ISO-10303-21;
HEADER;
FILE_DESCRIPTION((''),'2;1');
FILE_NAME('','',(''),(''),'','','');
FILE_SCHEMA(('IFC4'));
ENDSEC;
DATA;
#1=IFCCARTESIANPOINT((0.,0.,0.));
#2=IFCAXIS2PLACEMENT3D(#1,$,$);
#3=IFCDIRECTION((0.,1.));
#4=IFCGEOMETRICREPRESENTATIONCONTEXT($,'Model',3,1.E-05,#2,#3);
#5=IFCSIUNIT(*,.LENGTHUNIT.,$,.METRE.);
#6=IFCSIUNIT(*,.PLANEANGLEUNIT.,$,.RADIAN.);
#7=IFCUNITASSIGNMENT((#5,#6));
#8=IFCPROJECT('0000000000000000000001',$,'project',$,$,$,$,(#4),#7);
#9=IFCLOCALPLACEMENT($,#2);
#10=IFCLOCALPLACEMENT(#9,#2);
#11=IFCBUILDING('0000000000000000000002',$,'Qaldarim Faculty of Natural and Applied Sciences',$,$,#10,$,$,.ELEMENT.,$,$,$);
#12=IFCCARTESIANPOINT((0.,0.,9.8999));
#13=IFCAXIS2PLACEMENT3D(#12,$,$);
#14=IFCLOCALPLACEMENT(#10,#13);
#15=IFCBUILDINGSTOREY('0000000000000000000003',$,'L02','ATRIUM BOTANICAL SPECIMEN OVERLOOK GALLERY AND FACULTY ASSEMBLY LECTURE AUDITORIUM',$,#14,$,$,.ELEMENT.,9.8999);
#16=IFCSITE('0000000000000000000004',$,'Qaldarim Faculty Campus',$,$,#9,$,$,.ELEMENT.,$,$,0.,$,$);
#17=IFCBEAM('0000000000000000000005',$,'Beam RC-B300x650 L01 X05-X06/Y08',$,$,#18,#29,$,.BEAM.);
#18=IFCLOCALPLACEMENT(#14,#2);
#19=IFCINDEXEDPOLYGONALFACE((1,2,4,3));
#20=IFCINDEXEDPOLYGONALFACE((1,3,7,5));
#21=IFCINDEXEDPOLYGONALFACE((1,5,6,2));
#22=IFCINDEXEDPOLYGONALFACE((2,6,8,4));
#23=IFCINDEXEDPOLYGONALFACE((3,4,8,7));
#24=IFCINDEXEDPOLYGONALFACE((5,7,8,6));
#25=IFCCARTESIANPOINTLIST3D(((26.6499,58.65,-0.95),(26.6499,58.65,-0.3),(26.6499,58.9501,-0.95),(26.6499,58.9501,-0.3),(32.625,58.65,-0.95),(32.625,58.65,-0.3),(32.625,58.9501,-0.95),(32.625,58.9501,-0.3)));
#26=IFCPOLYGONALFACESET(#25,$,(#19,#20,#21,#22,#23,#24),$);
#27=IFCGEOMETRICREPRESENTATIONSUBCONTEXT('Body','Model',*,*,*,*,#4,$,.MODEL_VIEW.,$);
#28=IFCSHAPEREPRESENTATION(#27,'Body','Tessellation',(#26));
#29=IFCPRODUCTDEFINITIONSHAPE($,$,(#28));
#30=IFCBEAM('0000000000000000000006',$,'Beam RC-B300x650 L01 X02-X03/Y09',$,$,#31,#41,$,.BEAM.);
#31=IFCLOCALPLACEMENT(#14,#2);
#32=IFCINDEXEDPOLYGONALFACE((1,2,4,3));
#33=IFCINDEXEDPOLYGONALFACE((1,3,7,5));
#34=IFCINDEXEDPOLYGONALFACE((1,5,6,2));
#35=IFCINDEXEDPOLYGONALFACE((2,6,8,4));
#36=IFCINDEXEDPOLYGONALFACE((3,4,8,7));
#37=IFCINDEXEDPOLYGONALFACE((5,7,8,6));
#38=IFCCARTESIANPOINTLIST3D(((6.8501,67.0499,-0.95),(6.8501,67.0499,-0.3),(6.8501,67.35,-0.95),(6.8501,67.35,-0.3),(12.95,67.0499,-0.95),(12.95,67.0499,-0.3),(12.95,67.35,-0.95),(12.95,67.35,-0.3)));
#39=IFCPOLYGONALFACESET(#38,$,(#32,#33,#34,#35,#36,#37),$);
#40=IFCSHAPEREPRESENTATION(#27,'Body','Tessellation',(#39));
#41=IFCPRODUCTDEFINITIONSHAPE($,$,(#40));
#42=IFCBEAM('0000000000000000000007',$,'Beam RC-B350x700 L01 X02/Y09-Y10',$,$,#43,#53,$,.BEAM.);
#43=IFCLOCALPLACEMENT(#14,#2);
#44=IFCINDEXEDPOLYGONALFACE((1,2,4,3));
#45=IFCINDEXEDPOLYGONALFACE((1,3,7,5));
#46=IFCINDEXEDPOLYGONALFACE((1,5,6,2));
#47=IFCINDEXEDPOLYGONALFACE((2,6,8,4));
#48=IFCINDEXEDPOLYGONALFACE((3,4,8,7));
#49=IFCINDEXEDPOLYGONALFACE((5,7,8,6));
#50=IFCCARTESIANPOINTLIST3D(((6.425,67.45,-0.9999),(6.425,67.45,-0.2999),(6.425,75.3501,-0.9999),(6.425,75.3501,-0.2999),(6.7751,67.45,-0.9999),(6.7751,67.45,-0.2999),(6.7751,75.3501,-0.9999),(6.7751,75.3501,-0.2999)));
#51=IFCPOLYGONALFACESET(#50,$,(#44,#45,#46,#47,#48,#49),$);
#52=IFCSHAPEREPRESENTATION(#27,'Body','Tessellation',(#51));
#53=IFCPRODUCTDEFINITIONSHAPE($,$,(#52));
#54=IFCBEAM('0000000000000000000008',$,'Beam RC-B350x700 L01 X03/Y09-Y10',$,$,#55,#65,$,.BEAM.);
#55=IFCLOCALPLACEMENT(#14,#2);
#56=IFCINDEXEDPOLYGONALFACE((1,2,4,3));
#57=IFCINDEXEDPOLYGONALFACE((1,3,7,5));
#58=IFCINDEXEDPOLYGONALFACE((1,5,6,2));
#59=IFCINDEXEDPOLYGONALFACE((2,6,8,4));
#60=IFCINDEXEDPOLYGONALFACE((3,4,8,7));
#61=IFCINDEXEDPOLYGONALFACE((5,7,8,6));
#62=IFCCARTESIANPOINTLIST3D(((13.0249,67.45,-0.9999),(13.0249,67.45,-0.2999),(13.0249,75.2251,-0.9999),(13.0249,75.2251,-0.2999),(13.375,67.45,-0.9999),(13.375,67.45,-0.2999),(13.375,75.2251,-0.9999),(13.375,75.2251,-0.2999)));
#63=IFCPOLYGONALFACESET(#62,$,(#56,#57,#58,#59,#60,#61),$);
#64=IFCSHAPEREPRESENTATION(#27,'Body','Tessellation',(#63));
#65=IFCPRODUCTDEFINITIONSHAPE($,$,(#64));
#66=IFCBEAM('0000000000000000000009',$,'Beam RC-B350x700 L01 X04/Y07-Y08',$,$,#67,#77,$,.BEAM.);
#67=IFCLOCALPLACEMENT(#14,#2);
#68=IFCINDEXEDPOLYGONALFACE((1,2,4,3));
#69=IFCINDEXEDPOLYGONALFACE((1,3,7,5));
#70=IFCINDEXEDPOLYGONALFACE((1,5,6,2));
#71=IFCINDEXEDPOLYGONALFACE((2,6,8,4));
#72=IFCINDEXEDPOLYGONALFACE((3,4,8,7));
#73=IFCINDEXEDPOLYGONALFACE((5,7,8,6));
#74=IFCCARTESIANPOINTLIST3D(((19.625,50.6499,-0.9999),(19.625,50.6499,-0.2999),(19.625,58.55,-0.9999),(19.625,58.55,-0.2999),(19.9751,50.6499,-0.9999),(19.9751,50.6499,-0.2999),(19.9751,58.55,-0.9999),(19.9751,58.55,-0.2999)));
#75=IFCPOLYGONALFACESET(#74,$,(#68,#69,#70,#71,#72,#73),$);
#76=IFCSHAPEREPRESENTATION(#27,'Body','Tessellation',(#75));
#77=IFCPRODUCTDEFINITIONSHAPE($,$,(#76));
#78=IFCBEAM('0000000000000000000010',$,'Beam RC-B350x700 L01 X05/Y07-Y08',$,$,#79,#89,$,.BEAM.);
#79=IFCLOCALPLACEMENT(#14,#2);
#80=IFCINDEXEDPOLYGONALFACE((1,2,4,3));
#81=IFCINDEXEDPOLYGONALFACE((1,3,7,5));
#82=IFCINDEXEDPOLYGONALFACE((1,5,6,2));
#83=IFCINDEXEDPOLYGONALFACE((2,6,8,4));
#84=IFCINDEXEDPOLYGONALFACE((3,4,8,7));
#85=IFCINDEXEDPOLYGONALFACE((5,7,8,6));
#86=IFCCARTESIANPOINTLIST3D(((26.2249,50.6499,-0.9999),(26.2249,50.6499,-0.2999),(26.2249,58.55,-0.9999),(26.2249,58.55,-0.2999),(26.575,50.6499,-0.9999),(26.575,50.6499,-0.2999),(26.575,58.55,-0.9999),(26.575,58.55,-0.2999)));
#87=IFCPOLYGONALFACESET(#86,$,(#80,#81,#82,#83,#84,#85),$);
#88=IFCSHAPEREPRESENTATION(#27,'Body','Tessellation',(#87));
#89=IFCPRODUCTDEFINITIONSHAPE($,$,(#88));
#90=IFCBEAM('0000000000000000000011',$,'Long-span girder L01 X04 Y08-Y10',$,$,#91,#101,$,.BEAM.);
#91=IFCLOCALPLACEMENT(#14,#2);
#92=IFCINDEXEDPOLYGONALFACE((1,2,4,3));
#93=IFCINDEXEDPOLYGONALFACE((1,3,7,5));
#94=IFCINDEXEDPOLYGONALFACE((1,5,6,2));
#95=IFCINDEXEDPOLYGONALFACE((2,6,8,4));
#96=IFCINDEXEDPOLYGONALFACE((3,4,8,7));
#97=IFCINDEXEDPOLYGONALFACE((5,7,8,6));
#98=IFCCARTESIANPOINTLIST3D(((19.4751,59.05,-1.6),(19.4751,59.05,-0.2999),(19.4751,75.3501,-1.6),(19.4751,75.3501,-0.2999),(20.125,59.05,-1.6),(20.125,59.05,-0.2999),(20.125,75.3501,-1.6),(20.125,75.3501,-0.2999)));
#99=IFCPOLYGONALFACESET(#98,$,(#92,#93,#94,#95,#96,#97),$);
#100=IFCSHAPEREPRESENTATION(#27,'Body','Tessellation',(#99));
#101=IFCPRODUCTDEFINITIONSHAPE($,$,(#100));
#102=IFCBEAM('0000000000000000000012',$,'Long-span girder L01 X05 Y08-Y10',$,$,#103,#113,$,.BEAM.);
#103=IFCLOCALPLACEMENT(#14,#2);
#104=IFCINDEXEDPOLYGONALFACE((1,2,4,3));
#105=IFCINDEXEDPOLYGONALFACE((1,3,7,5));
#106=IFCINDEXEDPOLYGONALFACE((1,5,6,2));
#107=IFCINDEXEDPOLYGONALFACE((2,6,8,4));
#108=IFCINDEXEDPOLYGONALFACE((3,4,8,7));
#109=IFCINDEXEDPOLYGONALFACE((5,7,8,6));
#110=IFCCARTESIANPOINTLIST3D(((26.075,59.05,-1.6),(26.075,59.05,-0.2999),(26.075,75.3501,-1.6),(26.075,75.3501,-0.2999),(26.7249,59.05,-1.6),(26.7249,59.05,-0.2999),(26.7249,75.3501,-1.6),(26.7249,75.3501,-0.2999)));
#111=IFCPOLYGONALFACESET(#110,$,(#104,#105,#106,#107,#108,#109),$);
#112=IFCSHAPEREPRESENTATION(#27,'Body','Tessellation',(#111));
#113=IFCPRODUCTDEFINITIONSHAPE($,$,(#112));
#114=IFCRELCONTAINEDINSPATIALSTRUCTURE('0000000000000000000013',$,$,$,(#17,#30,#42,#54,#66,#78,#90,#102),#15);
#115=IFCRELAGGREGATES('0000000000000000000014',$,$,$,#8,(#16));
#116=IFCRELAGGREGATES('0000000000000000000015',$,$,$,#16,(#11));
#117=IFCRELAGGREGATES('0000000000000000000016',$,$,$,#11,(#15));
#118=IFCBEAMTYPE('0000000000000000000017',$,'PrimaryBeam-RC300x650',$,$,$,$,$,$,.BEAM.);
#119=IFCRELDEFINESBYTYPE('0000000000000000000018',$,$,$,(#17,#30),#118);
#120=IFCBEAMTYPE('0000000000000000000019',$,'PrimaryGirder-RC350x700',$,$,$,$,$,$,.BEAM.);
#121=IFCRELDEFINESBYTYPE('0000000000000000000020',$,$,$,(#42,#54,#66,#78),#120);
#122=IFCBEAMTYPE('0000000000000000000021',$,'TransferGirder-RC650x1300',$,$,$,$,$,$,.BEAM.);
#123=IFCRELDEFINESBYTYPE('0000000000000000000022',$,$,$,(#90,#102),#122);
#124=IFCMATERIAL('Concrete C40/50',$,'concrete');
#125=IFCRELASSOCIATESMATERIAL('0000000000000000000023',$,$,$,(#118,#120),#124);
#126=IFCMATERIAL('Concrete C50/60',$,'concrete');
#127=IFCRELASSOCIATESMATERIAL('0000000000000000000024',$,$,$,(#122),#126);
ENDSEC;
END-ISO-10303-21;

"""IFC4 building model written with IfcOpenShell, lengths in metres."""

from ifc_helpers import new_model, si_unit, direction, frame, origin, origin_2d, place, context, subcontext, project, spatial, rectangle, extrude, material, material_profile, profile_set, type_object, element, save


model = new_model("IFC4")

# Units and contexts
model_context = context("Model", 3, precision=1e-05, world=origin(), true_north=direction((0.0, 1.0)))
body_context = subcontext(model_context, "Body", "Model", "MODEL_VIEW")
ifc_project = project(units=[si_unit("LENGTHUNIT", "METRE"), si_unit("PLANEANGLEUNIT", "RADIAN")], contexts=[model_context])

# Site, building, storey
site_placement = place(None, origin())
site = spatial("IfcSite", under=ifc_project, at=site_placement, Name="Qaldarim Faculty Campus", CompositionType="ELEMENT", RefElevation=0.0)
building_placement = place(site_placement, origin())
building = spatial("IfcBuilding", under=site, at=building_placement, Name="Qaldarim Faculty of Natural and Applied Sciences", CompositionType="ELEMENT")
storey_placement = place(building_placement, frame((0.0, 0.0, 9.8999)))
storey = spatial("IfcBuildingStorey", under=building, at=storey_placement, Name="L02", Description="ATRIUM BOTANICAL SPECIMEN OVERLOOK GALLERY AND FACULTY ASSEMBLY LECTURE AUDITORIUM", CompositionType="ELEMENT", Elevation=9.8999)

# Shared definitions
ifc_material_1 = material(Name="Concrete C50/60", Category="concrete")
ifc_material_2 = material(Name="Concrete C40/50", Category="concrete")

# Beams
ifc_material_profile_1 = material_profile(ifc_material_2, rectangle(XDim=0.3, YDim=0.6499, at=origin_2d()), Name="RC-B300x650")
ifc_profile_set_1 = profile_set([ifc_material_profile_1], Name="Concrete C40/50")
beam_type_1 = type_object("IfcBeamType", Name="PrimaryBeam-RC300x650", PredefinedType="BEAM", material=ifc_profile_set_1)
beam_1_placement = place(storey_placement, frame((26.6499, 58.8, -0.625), z_axis=(1.0, 0.0, 0.0), x_axis=(0.0, 1.0, 0.0)))
element("IfcBeam", 1, at=beam_1_placement, inside=storey, type_object=beam_type_1, Name="Beam RC-B300x650 L01 X05-X06/Y08", PredefinedType="BEAM", context=body_context, shape_type="SweptSolid", body=[
    extrude(rectangle(XDim=0.3, YDim=0.6499, at=origin_2d()), origin(), (0.0, 0.0, 1.0), 5.9751),
])
beam_2_placement = place(storey_placement, frame((6.8501, 67.2, -0.625), z_axis=(1.0, 0.0, 0.0), x_axis=(0.0, 1.0, 0.0)))
element("IfcBeam", 2, at=beam_2_placement, inside=storey, type_object=beam_type_1, Name="Beam RC-B300x650 L01 X02-X03/Y09", PredefinedType="BEAM", context=body_context, shape_type="SweptSolid", body=[
    extrude(rectangle(XDim=0.3, YDim=0.6499, at=origin_2d()), origin(), (0.0, 0.0, 1.0), 6.0999),
])
ifc_material_profile_2 = material_profile(ifc_material_2, rectangle(XDim=0.3501, YDim=0.7, at=origin_2d()), Name="RC-B350x700")
ifc_profile_set_2 = profile_set([ifc_material_profile_2], Name="Concrete C40/50")
beam_type_2 = type_object("IfcBeamType", Name="PrimaryGirder-RC350x700", PredefinedType="BEAM", material=ifc_profile_set_2)
beam_3_placement = place(storey_placement, frame((6.6001, 67.45, -0.6499), z_axis=(0.0, 1.0, 0.0), x_axis=(-1.0, 0.0, 0.0)))
element("IfcBeam", 3, at=beam_3_placement, inside=storey, type_object=beam_type_2, Name="Beam RC-B350x700 L01 X02/Y09-Y10", PredefinedType="BEAM", context=body_context, shape_type="SweptSolid", body=[
    extrude(rectangle(XDim=0.3501, YDim=0.7, at=origin_2d()), origin(), (0.0, 0.0, 1.0), 7.9001),
])
beam_4_placement = place(storey_placement, frame((13.2, 67.45, -0.6499), z_axis=(0.0, 1.0, 0.0), x_axis=(-1.0, 0.0, 0.0)))
element("IfcBeam", 4, at=beam_4_placement, inside=storey, type_object=beam_type_2, Name="Beam RC-B350x700 L01 X03/Y09-Y10", PredefinedType="BEAM", context=body_context, shape_type="SweptSolid", body=[
    extrude(rectangle(XDim=0.3501, YDim=0.7, at=origin_2d()), origin(), (0.0, 0.0, 1.0), 7.7751),
])
for number, where, z_axis, x_axis, name in (
    (5, (19.8, 50.6499, -0.6499), (0.0, 1.0, 0.0), (-1.0, 0.0, 0.0), "Beam RC-B350x700 L01 X04/Y07-Y08"),
    (6, (26.3999, 50.6499, -0.6499), (0.0, 1.0, 0.0), (-1.0, 0.0, 0.0), "Beam RC-B350x700 L01 X05/Y07-Y08"),
):
    element("IfcBeam", number, at=place(storey_placement, frame(where, z_axis=z_axis, x_axis=x_axis)), inside=storey, type_object=beam_type_2, Name=name, PredefinedType="BEAM", context=body_context, shape_type="SweptSolid", body=[
        extrude(rectangle(XDim=0.3501, YDim=0.7, at=origin_2d()), origin(), (0.0, 0.0, 1.0), 7.9001),
    ])
ifc_material_profile_3 = material_profile(ifc_material_1, rectangle(XDim=0.6499, YDim=1.3, at=origin_2d()), Name="RC-TG650x1300")
ifc_profile_set_3 = profile_set([ifc_material_profile_3], Name="Concrete C50/60")
beam_type_3 = type_object("IfcBeamType", Name="TransferGirder-RC650x1300", PredefinedType="BEAM", material=ifc_profile_set_3)
for number, where, z_axis, x_axis, name in (
    (7, (19.8, 59.05, -0.95), (0.0, 1.0, 0.0), (-1.0, 0.0, 0.0), "Long-span girder L01 X04 Y08-Y10"),
    (8, (26.3999, 59.05, -0.95), (0.0, 1.0, 0.0), (-1.0, 0.0, 0.0), "Long-span girder L01 X05 Y08-Y10"),
):
    element("IfcBeam", number, at=place(storey_placement, frame(where, z_axis=z_axis, x_axis=x_axis)), inside=storey, type_object=beam_type_3, Name=name, PredefinedType="BEAM", context=body_context, shape_type="SweptSolid", body=[
        extrude(rectangle(XDim=0.6499, YDim=1.3, at=origin_2d()), origin(), (0.0, 0.0, 1.0), 16.3),
    ])

save(model, "model.ifc")
